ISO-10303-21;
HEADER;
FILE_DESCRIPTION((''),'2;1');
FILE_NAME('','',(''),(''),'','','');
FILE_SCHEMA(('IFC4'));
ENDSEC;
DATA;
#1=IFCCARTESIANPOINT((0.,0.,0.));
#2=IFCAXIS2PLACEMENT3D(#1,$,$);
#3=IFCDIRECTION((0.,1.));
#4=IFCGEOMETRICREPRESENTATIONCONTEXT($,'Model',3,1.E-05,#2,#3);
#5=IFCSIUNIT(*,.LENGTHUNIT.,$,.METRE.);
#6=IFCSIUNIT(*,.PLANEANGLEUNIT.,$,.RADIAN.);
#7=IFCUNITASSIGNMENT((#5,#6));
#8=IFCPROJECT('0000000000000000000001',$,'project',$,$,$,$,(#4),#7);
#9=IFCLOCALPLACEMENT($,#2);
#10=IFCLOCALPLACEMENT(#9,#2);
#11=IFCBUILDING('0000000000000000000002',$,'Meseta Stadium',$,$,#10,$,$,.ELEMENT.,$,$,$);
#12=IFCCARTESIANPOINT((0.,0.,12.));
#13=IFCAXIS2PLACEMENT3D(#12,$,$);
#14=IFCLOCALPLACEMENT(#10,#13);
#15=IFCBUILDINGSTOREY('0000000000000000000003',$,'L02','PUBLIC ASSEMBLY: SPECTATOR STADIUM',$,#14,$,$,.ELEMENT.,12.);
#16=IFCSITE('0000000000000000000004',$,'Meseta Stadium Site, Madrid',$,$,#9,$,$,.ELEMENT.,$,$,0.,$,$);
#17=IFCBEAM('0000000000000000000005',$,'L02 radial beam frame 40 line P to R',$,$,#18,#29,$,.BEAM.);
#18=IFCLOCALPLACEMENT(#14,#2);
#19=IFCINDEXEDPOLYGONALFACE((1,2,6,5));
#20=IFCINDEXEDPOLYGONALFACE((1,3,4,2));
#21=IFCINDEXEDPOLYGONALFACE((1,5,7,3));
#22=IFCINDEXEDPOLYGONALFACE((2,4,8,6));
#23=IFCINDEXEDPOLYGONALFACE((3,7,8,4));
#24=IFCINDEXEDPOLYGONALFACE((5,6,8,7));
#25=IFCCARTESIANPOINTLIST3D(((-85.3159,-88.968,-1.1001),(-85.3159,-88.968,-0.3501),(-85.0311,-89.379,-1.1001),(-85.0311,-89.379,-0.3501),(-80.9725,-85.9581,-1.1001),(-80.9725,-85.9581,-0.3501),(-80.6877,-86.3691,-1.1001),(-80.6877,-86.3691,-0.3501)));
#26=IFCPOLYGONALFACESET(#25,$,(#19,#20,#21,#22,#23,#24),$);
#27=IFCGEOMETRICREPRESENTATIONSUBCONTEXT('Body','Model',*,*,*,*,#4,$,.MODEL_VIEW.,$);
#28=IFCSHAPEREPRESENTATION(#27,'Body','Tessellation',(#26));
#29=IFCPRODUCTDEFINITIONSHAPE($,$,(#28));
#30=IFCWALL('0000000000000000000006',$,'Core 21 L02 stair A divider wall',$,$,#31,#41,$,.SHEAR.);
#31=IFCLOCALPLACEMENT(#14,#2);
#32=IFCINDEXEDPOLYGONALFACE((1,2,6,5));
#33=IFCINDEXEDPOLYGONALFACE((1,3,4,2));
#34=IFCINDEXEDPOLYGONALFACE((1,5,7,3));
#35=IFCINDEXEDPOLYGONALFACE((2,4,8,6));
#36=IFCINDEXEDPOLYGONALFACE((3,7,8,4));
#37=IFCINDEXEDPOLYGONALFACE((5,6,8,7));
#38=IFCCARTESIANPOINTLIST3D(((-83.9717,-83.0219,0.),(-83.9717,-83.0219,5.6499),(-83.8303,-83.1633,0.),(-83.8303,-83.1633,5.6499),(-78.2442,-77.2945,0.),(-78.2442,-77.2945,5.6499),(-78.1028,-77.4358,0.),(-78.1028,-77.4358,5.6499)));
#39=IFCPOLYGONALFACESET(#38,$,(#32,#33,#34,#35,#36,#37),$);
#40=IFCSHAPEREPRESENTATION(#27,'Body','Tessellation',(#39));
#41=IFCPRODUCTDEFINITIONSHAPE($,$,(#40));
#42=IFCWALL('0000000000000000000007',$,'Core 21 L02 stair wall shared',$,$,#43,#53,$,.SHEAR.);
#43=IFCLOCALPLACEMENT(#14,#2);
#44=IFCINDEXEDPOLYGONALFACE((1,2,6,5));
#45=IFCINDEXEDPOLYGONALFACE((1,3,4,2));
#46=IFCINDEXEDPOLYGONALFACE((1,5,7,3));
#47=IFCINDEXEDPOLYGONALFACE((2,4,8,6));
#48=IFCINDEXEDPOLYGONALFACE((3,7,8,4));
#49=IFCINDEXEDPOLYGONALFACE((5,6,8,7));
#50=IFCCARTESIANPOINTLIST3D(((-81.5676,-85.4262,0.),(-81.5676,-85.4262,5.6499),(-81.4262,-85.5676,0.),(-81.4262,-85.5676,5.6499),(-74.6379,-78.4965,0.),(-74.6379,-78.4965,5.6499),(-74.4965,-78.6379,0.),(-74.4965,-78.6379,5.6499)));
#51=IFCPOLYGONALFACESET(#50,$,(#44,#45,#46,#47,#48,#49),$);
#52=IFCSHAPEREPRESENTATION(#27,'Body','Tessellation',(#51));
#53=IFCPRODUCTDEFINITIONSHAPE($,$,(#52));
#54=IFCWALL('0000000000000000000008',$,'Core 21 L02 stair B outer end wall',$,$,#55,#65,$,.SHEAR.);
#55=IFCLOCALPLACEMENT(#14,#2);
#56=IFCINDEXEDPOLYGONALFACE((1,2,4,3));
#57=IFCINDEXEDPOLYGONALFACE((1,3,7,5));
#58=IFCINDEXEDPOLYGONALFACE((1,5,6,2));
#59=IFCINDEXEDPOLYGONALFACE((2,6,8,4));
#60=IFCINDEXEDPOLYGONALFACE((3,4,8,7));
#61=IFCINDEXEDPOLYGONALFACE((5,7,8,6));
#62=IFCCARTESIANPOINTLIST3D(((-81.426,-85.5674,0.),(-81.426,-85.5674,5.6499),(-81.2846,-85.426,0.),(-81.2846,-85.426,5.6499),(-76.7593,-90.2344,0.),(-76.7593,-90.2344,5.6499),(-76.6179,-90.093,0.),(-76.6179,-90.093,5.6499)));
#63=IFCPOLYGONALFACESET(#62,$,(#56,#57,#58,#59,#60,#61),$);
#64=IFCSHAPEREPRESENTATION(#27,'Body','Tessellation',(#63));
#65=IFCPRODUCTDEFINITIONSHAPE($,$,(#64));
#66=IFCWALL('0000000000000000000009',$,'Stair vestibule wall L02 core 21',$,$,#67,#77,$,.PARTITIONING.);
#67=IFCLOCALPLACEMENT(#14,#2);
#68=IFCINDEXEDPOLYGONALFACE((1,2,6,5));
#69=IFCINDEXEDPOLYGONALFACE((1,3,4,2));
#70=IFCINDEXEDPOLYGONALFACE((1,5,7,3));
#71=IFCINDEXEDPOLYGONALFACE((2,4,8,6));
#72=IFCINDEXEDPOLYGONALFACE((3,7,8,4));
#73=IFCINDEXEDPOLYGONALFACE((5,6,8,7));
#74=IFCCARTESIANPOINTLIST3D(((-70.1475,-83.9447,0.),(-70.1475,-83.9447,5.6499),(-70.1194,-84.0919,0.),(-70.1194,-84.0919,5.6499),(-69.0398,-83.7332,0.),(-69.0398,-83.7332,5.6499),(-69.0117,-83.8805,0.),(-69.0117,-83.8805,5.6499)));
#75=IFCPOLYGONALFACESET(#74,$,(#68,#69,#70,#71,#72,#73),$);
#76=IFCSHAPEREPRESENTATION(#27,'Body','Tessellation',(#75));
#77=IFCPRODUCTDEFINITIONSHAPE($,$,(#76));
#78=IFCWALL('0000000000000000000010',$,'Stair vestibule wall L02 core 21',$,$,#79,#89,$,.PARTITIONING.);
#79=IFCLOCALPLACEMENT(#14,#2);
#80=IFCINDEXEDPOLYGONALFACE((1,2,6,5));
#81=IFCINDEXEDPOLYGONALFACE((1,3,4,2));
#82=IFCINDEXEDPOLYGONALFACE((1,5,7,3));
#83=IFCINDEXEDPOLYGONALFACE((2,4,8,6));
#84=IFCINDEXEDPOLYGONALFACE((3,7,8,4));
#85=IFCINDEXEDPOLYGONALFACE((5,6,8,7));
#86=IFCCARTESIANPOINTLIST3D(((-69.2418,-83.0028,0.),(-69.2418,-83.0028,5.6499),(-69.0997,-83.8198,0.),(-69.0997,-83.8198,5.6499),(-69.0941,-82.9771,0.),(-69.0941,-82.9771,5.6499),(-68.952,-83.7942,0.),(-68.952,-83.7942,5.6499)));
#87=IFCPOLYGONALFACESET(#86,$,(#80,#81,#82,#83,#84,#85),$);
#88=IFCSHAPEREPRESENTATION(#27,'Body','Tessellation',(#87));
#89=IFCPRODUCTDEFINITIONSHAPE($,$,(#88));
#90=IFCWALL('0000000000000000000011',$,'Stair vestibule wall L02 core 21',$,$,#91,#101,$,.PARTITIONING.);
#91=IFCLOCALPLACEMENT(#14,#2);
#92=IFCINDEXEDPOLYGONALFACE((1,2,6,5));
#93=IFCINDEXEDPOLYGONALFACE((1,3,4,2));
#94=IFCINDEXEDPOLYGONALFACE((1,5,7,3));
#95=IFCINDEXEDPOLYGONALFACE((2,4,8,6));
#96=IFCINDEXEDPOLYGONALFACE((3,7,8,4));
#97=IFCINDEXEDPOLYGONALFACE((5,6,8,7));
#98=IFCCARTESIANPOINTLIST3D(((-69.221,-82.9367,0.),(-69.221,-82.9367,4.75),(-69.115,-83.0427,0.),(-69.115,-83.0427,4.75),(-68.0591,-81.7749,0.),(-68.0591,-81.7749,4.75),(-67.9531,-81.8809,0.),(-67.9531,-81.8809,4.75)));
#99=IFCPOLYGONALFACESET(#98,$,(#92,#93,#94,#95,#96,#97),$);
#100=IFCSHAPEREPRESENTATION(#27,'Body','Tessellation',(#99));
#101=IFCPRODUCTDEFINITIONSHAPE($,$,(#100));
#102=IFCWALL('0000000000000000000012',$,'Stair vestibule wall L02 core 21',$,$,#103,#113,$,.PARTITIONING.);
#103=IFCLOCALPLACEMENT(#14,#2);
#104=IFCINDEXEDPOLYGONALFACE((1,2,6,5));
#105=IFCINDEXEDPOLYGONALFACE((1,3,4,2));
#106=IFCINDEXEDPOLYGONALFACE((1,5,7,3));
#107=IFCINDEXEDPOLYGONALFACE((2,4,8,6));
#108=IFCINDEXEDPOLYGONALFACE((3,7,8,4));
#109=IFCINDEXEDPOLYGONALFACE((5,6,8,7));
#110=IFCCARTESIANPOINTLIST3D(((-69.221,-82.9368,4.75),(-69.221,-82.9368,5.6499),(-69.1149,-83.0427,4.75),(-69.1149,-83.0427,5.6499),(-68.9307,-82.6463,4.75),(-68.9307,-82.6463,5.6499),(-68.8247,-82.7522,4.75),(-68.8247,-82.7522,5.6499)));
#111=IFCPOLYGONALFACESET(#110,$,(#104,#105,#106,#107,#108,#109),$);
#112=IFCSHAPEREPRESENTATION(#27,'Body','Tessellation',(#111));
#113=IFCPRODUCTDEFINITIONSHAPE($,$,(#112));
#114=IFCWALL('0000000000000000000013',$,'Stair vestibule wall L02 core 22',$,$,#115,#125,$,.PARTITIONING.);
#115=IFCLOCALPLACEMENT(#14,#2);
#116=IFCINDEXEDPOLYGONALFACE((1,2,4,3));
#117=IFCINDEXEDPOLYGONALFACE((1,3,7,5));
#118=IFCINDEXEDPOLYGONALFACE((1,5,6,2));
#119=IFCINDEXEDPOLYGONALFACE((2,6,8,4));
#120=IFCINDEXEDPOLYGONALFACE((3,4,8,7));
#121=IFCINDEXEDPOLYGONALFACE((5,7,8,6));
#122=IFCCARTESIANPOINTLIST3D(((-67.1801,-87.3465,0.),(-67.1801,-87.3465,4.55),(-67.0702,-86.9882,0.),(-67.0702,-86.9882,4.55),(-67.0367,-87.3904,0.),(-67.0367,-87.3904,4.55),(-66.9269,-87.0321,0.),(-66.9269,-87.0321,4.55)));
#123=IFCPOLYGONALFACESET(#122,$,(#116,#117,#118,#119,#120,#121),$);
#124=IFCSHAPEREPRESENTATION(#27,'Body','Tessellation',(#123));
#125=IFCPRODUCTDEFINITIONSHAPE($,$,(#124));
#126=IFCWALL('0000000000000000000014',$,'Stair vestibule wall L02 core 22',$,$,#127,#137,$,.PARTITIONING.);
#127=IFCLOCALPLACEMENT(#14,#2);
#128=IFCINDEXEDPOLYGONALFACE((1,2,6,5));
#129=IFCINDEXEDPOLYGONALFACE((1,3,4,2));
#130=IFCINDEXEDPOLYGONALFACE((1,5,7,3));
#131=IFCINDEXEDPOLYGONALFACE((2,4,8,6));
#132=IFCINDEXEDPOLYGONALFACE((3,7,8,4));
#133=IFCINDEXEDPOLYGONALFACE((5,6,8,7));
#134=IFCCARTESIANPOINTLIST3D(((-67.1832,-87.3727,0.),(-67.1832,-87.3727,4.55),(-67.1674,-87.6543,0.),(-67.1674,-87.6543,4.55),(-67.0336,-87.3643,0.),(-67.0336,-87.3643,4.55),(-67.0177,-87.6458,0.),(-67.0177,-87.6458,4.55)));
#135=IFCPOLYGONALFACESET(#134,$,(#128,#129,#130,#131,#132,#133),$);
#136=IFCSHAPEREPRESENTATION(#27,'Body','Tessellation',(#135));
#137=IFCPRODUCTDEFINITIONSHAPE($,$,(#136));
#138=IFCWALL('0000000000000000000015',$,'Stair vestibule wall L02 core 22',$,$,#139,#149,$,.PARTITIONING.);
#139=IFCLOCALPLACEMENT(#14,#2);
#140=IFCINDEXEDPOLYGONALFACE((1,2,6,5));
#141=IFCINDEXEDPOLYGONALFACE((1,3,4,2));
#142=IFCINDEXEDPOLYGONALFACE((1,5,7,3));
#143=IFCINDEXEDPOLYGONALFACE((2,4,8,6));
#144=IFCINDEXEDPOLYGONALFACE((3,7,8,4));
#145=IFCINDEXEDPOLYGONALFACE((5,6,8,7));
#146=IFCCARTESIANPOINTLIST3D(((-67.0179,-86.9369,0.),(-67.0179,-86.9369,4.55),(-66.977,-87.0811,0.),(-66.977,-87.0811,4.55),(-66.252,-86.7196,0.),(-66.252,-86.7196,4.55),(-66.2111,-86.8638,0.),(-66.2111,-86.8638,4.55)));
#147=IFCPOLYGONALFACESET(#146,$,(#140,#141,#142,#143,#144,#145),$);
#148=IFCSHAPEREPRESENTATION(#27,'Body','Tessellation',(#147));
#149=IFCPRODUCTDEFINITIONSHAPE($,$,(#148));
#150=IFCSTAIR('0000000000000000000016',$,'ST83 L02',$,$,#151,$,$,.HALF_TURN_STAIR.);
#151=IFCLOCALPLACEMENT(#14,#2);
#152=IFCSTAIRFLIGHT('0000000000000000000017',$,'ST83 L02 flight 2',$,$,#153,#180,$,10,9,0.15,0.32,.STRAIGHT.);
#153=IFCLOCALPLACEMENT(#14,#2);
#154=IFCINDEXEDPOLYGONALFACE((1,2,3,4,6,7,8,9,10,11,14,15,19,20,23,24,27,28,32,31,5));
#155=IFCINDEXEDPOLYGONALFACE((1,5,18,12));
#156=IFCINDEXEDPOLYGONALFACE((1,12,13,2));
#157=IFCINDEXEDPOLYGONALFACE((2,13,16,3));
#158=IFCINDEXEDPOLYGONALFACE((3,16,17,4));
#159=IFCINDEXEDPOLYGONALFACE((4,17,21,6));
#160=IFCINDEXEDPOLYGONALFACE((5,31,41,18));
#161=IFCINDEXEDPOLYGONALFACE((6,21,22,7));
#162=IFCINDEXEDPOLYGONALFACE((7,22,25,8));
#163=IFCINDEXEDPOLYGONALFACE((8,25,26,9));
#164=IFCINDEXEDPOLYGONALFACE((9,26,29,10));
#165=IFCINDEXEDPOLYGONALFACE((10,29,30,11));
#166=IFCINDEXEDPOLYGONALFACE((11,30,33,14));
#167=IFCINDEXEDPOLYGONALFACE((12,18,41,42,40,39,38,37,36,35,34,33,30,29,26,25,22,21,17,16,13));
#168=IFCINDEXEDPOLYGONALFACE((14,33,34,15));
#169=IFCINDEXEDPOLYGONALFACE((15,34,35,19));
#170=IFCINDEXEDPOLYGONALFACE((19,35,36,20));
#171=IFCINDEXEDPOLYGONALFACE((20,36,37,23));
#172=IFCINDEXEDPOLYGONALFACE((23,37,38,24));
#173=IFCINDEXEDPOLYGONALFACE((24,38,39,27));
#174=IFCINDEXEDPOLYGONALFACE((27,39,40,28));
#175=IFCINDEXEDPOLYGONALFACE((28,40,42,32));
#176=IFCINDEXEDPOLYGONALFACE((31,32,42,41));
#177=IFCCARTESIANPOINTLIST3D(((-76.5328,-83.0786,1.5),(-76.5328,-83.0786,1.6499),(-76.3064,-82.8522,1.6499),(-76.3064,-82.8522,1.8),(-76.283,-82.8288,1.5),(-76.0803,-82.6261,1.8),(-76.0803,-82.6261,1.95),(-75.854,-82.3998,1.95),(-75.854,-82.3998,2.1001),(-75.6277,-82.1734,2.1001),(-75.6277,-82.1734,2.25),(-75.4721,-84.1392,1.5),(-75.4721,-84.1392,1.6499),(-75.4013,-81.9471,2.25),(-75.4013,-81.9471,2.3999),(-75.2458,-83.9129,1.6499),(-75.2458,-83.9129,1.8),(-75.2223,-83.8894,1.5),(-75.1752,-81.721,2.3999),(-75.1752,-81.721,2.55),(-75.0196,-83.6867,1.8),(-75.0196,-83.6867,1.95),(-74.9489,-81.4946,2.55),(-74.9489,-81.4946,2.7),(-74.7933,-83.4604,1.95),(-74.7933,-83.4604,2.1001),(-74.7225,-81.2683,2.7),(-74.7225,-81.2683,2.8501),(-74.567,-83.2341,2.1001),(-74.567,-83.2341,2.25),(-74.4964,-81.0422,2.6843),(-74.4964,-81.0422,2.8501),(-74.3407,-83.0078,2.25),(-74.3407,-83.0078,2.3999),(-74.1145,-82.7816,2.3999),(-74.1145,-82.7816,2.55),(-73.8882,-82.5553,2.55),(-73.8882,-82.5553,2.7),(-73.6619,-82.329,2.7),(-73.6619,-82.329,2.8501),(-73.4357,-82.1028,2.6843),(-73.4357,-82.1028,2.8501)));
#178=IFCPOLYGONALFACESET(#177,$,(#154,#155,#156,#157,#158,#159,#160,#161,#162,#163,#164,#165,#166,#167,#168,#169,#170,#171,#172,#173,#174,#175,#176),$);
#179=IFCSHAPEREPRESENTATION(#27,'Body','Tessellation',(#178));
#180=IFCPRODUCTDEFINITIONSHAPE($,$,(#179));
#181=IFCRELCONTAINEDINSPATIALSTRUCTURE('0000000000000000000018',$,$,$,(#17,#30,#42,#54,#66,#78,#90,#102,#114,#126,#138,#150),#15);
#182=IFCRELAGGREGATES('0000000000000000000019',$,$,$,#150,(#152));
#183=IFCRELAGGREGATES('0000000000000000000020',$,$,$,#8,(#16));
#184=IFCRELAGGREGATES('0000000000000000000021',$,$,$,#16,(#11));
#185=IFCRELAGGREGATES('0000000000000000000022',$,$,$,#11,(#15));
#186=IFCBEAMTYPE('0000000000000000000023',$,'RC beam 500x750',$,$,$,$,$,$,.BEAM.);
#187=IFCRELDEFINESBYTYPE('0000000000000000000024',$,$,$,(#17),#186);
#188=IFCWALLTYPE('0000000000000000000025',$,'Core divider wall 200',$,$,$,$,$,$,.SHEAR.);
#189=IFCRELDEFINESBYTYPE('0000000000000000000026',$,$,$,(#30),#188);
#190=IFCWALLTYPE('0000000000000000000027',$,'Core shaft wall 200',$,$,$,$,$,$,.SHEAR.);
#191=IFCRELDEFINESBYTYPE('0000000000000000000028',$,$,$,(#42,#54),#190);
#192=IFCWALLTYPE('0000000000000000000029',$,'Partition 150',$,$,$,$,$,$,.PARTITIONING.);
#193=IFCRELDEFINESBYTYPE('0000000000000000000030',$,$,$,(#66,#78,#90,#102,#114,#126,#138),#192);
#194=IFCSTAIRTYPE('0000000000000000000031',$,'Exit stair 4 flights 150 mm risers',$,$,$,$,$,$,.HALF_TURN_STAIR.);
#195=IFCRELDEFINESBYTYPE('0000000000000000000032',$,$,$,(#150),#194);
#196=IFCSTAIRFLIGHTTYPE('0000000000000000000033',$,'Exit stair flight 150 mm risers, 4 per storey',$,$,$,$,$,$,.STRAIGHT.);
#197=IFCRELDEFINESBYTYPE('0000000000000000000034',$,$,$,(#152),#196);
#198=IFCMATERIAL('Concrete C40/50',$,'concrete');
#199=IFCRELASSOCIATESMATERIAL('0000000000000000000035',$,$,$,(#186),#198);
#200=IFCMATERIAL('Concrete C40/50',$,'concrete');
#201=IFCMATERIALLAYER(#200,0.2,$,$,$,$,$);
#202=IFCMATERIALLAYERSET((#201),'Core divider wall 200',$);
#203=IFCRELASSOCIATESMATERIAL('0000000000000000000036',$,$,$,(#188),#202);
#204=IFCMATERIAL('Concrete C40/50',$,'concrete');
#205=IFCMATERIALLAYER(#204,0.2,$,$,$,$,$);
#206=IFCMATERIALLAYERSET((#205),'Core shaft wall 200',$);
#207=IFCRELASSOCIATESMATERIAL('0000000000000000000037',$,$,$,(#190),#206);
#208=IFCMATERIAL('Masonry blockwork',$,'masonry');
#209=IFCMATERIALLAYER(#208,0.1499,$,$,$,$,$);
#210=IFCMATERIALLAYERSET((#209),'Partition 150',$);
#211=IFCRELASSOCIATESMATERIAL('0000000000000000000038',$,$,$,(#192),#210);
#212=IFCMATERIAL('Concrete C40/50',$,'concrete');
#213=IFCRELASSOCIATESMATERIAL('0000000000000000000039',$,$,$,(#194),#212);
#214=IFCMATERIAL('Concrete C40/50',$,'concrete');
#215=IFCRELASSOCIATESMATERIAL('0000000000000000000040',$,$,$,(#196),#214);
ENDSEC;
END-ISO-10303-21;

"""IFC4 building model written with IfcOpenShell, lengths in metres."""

from ifc_helpers import new_model, si_unit, direction, frame, frame_2d, origin, origin_2d, place, context, subcontext, project, spatial, polyline, rectangle, outline, extrude, material, layer, layer_set, material_profile, profile_set, type_object, element, aggregate, save


model = new_model("IFC4")

# Units and contexts
model_context = context("Model", 3, precision=1e-05, world=origin(), true_north=direction((0.0, 1.0)))
body_context = subcontext(model_context, "Body", "Model", "MODEL_VIEW")
ifc_project = project(units=[si_unit("LENGTHUNIT", "METRE"), si_unit("PLANEANGLEUNIT", "RADIAN")], contexts=[model_context])

# Site, building, storey
site_placement = place(None, origin())
site = spatial("IfcSite", under=ifc_project, at=site_placement, Name="Meseta Stadium Site, Madrid", CompositionType="ELEMENT", RefElevation=0.0)
building_placement = place(site_placement, origin())
building = spatial("IfcBuilding", under=site, at=building_placement, Name="Meseta Stadium", CompositionType="ELEMENT")
storey_placement = place(building_placement, frame((0.0, 0.0, 12.0)))
storey = spatial("IfcBuildingStorey", under=building, at=storey_placement, Name="L02", Description="PUBLIC ASSEMBLY: SPECTATOR STADIUM", CompositionType="ELEMENT", Elevation=12.0)

# Beam
ifc_material_1 = material(Name="Concrete C40/50", Category="concrete")
ifc_material_profile = material_profile(ifc_material_1, rectangle(XDim=0.5, YDim=0.75, at=origin_2d()), Name="RC 500x750")
ifc_profile_set = profile_set([ifc_material_profile], Name="Concrete C40/50")
beam_type = type_object("IfcBeamType", Name="RC beam 500x750", PredefinedType="BEAM", material=ifc_profile_set)
beam_placement = place(storey_placement, frame((-80.8301, -86.1636, -0.7251), z_axis=(-0.821929, -0.569589, 0.0), x_axis=(0.569589, -0.821929, 0.0)))
element("IfcBeam", 1, at=beam_placement, inside=storey, type_object=beam_type, Name="L02 radial beam frame 40 line P to R", PredefinedType="BEAM", context=body_context, shape_type="SweptSolid", body=[
    extrude(rectangle(XDim=0.5, YDim=0.75, at=origin_2d()), origin(), (0.0, 0.0, 1.0), 5.2844),
])

# Walls
ifc_material_2 = material(Name="Concrete C40/50", Category="concrete")
ifc_layer_1 = layer(ifc_material_2, 0.2)
ifc_layer_set_1 = layer_set([ifc_layer_1], Name="Core divider wall 200")
wall_type_1 = type_object("IfcWallType", Name="Core divider wall 200", PredefinedType="SHEAR", material=ifc_layer_set_1)
wall_1_placement = place(storey_placement, frame((-83.9009, -83.0925, 0.0), z_axis=(0.0, 0.0, 1.0), x_axis=(0.707107, 0.707107, 0.0)))
element("IfcWall", 2, at=wall_1_placement, inside=storey, type_object=wall_type_1, Name="Core 21 L02 stair A divider wall", PredefinedType="SHEAR", context=body_context, shape_type="SweptSolid", body=[
    extrude(rectangle(XDim=8.0999, YDim=0.2, at=frame_2d((4.0498, 0.0))), origin(), (0.0, 0.0, 1.0), 5.6499),
])
ifc_material_3 = material(Name="Concrete C40/50", Category="concrete")
ifc_layer_2 = layer(ifc_material_3, 0.2)
ifc_layer_set_2 = layer_set([ifc_layer_2], Name="Core shaft wall 200")
wall_type_2 = type_object("IfcWallType", Name="Core shaft wall 200", PredefinedType="SHEAR", material=ifc_layer_set_2)
wall_2_placement = place(storey_placement, frame((-81.4968, -85.4968, 0.0), z_axis=(0.0, 0.0, 1.0), x_axis=(0.707107, 0.707107, 0.0)))
element("IfcWall", 3, at=wall_2_placement, inside=storey, type_object=wall_type_2, Name="Core 21 L02 stair wall shared", PredefinedType="SHEAR", context=body_context, shape_type="SweptSolid", body=[
    extrude(rectangle(XDim=9.8, YDim=0.2, at=frame_2d((4.8999, 0.0))), origin(), (0.0, 0.0, 1.0), 5.6499),
])
wall_3_placement = place(storey_placement, frame((-81.3552, -85.4968, 0.0), z_axis=(0.0, 0.0, 1.0), x_axis=(0.707088, -0.707125, 0.0)))
element("IfcWall", 4, at=wall_3_placement, inside=storey, type_object=wall_type_2, Name="Core 21 L02 stair B outer end wall", PredefinedType="SHEAR", context=body_context, shape_type="SweptSolid", body=[
    extrude(rectangle(XDim=6.5999, YDim=0.2, at=frame_2d((3.2998, 0.0))), origin(), (0.0, 0.0, 1.0), 5.6499),
])
ifc_material_4 = material(Name="Masonry blockwork", Category="masonry")
ifc_layer_3 = layer(ifc_material_4, 0.1499)
ifc_layer_set_3 = layer_set([ifc_layer_3], Name="Partition 150")
wall_type_3 = type_object("IfcWallType", Name="Partition 150", PredefinedType="PARTITIONING", material=ifc_layer_set_3)
wall_4_placement = place(storey_placement, frame((-70.1335, -84.0183, 0.0), z_axis=(0.0, 0.0, 1.0), x_axis=(0.982266, 0.18749, 0.0)))
element("IfcWall", 5, at=wall_4_placement, inside=storey, type_object=wall_type_3, Name="Stair vestibule wall L02 core 21", PredefinedType="PARTITIONING", context=body_context, shape_type="SweptSolid", body=[
    extrude(rectangle(XDim=1.1277, YDim=0.1499, at=frame_2d((0.564, 0.0))), origin(), (0.0, 0.0, 1.0), 5.6499),
])
wall_5_placement = place(storey_placement, frame((-69.0259, -83.8069, 0.0), z_axis=(0.0, 0.0, 1.0), x_axis=(-0.171316, 0.985216, 0.0)))
element("IfcWall", 6, at=wall_5_placement, inside=storey, type_object=wall_type_3, Name="Stair vestibule wall L02 core 21", PredefinedType="PARTITIONING", context=body_context, shape_type="SweptSolid", body=[
    extrude(rectangle(XDim=0.8293, YDim=0.1499, at=frame_2d((0.4146, 0.0))), origin(), (0.0, 0.0, 1.0), 5.6499),
])
wall_6_placement = place(storey_placement, frame((-69.168, -82.9897, 0.0), z_axis=(0.0, 0.0, 1.0), x_axis=(0.707107, 0.707107, 0.0)))
element("IfcWall", 7, at=wall_6_placement, inside=storey, type_object=wall_type_3, Name="Stair vestibule wall L02 core 21", PredefinedType="PARTITIONING", context=body_context, shape_type="SweptSolid", body=[
    extrude(rectangle(XDim=1.6431, YDim=0.1499, at=frame_2d((0.8215, 0.0))), origin(), (0.0, 0.0, 1.0), 4.75),
])
wall_7_placement = place(storey_placement, frame((-69.168, -82.9897, 4.75), z_axis=(0.0, 0.0, 1.0), x_axis=(0.706809, 0.707404, 0.0)))
element("IfcWall", 8, at=wall_7_placement, inside=storey, type_object=wall_type_3, Name="Stair vestibule wall L02 core 21", PredefinedType="PARTITIONING", context=body_context, shape_type="SweptSolid", body=[
    extrude(rectangle(XDim=0.4106, YDim=0.1499, at=frame_2d((0.2053, 0.0))), origin(), (0.0, 0.0, 1.0), 0.8999),
])
wall_8_placement = place(storey_placement, frame((-66.9985, -87.01, 0.0), z_axis=(0.0, 0.0, 1.0), x_axis=(-0.293079, -0.956088, 0.0)))
element("IfcWall", 9, at=wall_8_placement, inside=storey, type_object=wall_type_3, Name="Stair vestibule wall L02 core 22", PredefinedType="PARTITIONING", context=body_context, shape_type="SweptSolid", body=[
    extrude(rectangle(XDim=0.3748, YDim=0.1499, at=frame_2d((0.1875, 0.0))), origin(), (0.0, 0.0, 1.0), 4.55),
])
wall_9_placement = place(storey_placement, frame((-67.1084, -87.3684, 0.0), z_axis=(0.0, 0.0, 1.0), x_axis=(0.056285, -0.998415, 0.0)))
element("IfcWall", 10, at=wall_9_placement, inside=storey, type_object=wall_type_3, Name="Stair vestibule wall L02 core 22", PredefinedType="PARTITIONING", context=body_context, shape_type="SweptSolid", body=[
    extrude(rectangle(XDim=0.282, YDim=0.1499, at=frame_2d((0.1411, 0.0))), origin(), (0.0, 0.0, 1.0), 4.55),
])
wall_10_placement = place(storey_placement, frame((-66.2317, -86.7917, 0.0), z_axis=(0.0, 0.0, 1.0), x_axis=(-0.962031, -0.272938, 0.0)))
element("IfcWall", 11, at=wall_10_placement, inside=storey, type_object=wall_type_3, Name="Stair vestibule wall L02 core 22", PredefinedType="PARTITIONING", context=body_context, shape_type="SweptSolid", body=[
    extrude(rectangle(XDim=0.7961, YDim=0.1499, at=frame_2d((0.3979, 0.0))), origin(), (0.0, 0.0, 1.0), 4.55),
])

# Stair, stair flight
ifc_material_5 = material(Name="Concrete C40/50", Category="concrete")
stair_type = type_object("IfcStairType", Name="Exit stair 4 flights 150 mm risers", PredefinedType="HALF_TURN_STAIR", material=ifc_material_5)
stair_1_placement = place(storey_placement, origin())
stair_1 = element("IfcStair", 12, at=stair_1_placement, inside=storey, type_object=stair_type, Name="ST83 L02", PredefinedType="HALF_TURN_STAIR")
ifc_material_6 = material(Name="Concrete C40/50", Category="concrete")
stair_flight_type = type_object("IfcStairFlightType", Name="Exit stair flight 150 mm risers, 4 per storey", PredefinedType="STRAIGHT", material=ifc_material_6)
stair_flight_1_placement = place(storey_placement, frame((-76.0024, -83.6089, 1.5), z_axis=(0.0, 0.0, 1.0), x_axis=(0.707107, 0.707107, 0.0)))
stair_flight_1 = element("IfcStairFlight", 13, at=stair_flight_1_placement, type_object=stair_flight_type, Name="ST83 L02 flight 2", NumberOfRisers=10, NumberOfTreads=9, PredefinedType="STRAIGHT", RiserHeight=0.15, TreadLength=0.32, context=body_context, shape_type="SweptSolid", body=[
    extrude(outline(polyline([(0.0, 0.0), (0.0, 0.1499), (0.3201, 0.1499), (0.3201, 0.3), (0.6399, 0.3), (0.6399, 0.45), (0.96, 0.45), (0.96, 0.6001), (1.28, 0.6001), (1.28, 0.75), (1.6001, 0.75), (1.6001, 0.8999), (1.9199, 0.8999), (1.9199, 1.05), (2.24, 1.05), (2.24, 1.2), (2.5601, 1.2), (2.5601, 1.3501), (2.8799, 1.3501), (2.8799, 1.1843), (0.3533, 0.0), (0.0, 0.0)])), frame((0.0, 0.75, 0.0), z_axis=(0.0, -1.0, 0.0), x_axis=(1.0, 0.0, 0.0)), (0.0, 0.0, 1.0), 1.5),
])
aggregate(stair_1, [stair_flight_1])

save(model, "model.ifc")
